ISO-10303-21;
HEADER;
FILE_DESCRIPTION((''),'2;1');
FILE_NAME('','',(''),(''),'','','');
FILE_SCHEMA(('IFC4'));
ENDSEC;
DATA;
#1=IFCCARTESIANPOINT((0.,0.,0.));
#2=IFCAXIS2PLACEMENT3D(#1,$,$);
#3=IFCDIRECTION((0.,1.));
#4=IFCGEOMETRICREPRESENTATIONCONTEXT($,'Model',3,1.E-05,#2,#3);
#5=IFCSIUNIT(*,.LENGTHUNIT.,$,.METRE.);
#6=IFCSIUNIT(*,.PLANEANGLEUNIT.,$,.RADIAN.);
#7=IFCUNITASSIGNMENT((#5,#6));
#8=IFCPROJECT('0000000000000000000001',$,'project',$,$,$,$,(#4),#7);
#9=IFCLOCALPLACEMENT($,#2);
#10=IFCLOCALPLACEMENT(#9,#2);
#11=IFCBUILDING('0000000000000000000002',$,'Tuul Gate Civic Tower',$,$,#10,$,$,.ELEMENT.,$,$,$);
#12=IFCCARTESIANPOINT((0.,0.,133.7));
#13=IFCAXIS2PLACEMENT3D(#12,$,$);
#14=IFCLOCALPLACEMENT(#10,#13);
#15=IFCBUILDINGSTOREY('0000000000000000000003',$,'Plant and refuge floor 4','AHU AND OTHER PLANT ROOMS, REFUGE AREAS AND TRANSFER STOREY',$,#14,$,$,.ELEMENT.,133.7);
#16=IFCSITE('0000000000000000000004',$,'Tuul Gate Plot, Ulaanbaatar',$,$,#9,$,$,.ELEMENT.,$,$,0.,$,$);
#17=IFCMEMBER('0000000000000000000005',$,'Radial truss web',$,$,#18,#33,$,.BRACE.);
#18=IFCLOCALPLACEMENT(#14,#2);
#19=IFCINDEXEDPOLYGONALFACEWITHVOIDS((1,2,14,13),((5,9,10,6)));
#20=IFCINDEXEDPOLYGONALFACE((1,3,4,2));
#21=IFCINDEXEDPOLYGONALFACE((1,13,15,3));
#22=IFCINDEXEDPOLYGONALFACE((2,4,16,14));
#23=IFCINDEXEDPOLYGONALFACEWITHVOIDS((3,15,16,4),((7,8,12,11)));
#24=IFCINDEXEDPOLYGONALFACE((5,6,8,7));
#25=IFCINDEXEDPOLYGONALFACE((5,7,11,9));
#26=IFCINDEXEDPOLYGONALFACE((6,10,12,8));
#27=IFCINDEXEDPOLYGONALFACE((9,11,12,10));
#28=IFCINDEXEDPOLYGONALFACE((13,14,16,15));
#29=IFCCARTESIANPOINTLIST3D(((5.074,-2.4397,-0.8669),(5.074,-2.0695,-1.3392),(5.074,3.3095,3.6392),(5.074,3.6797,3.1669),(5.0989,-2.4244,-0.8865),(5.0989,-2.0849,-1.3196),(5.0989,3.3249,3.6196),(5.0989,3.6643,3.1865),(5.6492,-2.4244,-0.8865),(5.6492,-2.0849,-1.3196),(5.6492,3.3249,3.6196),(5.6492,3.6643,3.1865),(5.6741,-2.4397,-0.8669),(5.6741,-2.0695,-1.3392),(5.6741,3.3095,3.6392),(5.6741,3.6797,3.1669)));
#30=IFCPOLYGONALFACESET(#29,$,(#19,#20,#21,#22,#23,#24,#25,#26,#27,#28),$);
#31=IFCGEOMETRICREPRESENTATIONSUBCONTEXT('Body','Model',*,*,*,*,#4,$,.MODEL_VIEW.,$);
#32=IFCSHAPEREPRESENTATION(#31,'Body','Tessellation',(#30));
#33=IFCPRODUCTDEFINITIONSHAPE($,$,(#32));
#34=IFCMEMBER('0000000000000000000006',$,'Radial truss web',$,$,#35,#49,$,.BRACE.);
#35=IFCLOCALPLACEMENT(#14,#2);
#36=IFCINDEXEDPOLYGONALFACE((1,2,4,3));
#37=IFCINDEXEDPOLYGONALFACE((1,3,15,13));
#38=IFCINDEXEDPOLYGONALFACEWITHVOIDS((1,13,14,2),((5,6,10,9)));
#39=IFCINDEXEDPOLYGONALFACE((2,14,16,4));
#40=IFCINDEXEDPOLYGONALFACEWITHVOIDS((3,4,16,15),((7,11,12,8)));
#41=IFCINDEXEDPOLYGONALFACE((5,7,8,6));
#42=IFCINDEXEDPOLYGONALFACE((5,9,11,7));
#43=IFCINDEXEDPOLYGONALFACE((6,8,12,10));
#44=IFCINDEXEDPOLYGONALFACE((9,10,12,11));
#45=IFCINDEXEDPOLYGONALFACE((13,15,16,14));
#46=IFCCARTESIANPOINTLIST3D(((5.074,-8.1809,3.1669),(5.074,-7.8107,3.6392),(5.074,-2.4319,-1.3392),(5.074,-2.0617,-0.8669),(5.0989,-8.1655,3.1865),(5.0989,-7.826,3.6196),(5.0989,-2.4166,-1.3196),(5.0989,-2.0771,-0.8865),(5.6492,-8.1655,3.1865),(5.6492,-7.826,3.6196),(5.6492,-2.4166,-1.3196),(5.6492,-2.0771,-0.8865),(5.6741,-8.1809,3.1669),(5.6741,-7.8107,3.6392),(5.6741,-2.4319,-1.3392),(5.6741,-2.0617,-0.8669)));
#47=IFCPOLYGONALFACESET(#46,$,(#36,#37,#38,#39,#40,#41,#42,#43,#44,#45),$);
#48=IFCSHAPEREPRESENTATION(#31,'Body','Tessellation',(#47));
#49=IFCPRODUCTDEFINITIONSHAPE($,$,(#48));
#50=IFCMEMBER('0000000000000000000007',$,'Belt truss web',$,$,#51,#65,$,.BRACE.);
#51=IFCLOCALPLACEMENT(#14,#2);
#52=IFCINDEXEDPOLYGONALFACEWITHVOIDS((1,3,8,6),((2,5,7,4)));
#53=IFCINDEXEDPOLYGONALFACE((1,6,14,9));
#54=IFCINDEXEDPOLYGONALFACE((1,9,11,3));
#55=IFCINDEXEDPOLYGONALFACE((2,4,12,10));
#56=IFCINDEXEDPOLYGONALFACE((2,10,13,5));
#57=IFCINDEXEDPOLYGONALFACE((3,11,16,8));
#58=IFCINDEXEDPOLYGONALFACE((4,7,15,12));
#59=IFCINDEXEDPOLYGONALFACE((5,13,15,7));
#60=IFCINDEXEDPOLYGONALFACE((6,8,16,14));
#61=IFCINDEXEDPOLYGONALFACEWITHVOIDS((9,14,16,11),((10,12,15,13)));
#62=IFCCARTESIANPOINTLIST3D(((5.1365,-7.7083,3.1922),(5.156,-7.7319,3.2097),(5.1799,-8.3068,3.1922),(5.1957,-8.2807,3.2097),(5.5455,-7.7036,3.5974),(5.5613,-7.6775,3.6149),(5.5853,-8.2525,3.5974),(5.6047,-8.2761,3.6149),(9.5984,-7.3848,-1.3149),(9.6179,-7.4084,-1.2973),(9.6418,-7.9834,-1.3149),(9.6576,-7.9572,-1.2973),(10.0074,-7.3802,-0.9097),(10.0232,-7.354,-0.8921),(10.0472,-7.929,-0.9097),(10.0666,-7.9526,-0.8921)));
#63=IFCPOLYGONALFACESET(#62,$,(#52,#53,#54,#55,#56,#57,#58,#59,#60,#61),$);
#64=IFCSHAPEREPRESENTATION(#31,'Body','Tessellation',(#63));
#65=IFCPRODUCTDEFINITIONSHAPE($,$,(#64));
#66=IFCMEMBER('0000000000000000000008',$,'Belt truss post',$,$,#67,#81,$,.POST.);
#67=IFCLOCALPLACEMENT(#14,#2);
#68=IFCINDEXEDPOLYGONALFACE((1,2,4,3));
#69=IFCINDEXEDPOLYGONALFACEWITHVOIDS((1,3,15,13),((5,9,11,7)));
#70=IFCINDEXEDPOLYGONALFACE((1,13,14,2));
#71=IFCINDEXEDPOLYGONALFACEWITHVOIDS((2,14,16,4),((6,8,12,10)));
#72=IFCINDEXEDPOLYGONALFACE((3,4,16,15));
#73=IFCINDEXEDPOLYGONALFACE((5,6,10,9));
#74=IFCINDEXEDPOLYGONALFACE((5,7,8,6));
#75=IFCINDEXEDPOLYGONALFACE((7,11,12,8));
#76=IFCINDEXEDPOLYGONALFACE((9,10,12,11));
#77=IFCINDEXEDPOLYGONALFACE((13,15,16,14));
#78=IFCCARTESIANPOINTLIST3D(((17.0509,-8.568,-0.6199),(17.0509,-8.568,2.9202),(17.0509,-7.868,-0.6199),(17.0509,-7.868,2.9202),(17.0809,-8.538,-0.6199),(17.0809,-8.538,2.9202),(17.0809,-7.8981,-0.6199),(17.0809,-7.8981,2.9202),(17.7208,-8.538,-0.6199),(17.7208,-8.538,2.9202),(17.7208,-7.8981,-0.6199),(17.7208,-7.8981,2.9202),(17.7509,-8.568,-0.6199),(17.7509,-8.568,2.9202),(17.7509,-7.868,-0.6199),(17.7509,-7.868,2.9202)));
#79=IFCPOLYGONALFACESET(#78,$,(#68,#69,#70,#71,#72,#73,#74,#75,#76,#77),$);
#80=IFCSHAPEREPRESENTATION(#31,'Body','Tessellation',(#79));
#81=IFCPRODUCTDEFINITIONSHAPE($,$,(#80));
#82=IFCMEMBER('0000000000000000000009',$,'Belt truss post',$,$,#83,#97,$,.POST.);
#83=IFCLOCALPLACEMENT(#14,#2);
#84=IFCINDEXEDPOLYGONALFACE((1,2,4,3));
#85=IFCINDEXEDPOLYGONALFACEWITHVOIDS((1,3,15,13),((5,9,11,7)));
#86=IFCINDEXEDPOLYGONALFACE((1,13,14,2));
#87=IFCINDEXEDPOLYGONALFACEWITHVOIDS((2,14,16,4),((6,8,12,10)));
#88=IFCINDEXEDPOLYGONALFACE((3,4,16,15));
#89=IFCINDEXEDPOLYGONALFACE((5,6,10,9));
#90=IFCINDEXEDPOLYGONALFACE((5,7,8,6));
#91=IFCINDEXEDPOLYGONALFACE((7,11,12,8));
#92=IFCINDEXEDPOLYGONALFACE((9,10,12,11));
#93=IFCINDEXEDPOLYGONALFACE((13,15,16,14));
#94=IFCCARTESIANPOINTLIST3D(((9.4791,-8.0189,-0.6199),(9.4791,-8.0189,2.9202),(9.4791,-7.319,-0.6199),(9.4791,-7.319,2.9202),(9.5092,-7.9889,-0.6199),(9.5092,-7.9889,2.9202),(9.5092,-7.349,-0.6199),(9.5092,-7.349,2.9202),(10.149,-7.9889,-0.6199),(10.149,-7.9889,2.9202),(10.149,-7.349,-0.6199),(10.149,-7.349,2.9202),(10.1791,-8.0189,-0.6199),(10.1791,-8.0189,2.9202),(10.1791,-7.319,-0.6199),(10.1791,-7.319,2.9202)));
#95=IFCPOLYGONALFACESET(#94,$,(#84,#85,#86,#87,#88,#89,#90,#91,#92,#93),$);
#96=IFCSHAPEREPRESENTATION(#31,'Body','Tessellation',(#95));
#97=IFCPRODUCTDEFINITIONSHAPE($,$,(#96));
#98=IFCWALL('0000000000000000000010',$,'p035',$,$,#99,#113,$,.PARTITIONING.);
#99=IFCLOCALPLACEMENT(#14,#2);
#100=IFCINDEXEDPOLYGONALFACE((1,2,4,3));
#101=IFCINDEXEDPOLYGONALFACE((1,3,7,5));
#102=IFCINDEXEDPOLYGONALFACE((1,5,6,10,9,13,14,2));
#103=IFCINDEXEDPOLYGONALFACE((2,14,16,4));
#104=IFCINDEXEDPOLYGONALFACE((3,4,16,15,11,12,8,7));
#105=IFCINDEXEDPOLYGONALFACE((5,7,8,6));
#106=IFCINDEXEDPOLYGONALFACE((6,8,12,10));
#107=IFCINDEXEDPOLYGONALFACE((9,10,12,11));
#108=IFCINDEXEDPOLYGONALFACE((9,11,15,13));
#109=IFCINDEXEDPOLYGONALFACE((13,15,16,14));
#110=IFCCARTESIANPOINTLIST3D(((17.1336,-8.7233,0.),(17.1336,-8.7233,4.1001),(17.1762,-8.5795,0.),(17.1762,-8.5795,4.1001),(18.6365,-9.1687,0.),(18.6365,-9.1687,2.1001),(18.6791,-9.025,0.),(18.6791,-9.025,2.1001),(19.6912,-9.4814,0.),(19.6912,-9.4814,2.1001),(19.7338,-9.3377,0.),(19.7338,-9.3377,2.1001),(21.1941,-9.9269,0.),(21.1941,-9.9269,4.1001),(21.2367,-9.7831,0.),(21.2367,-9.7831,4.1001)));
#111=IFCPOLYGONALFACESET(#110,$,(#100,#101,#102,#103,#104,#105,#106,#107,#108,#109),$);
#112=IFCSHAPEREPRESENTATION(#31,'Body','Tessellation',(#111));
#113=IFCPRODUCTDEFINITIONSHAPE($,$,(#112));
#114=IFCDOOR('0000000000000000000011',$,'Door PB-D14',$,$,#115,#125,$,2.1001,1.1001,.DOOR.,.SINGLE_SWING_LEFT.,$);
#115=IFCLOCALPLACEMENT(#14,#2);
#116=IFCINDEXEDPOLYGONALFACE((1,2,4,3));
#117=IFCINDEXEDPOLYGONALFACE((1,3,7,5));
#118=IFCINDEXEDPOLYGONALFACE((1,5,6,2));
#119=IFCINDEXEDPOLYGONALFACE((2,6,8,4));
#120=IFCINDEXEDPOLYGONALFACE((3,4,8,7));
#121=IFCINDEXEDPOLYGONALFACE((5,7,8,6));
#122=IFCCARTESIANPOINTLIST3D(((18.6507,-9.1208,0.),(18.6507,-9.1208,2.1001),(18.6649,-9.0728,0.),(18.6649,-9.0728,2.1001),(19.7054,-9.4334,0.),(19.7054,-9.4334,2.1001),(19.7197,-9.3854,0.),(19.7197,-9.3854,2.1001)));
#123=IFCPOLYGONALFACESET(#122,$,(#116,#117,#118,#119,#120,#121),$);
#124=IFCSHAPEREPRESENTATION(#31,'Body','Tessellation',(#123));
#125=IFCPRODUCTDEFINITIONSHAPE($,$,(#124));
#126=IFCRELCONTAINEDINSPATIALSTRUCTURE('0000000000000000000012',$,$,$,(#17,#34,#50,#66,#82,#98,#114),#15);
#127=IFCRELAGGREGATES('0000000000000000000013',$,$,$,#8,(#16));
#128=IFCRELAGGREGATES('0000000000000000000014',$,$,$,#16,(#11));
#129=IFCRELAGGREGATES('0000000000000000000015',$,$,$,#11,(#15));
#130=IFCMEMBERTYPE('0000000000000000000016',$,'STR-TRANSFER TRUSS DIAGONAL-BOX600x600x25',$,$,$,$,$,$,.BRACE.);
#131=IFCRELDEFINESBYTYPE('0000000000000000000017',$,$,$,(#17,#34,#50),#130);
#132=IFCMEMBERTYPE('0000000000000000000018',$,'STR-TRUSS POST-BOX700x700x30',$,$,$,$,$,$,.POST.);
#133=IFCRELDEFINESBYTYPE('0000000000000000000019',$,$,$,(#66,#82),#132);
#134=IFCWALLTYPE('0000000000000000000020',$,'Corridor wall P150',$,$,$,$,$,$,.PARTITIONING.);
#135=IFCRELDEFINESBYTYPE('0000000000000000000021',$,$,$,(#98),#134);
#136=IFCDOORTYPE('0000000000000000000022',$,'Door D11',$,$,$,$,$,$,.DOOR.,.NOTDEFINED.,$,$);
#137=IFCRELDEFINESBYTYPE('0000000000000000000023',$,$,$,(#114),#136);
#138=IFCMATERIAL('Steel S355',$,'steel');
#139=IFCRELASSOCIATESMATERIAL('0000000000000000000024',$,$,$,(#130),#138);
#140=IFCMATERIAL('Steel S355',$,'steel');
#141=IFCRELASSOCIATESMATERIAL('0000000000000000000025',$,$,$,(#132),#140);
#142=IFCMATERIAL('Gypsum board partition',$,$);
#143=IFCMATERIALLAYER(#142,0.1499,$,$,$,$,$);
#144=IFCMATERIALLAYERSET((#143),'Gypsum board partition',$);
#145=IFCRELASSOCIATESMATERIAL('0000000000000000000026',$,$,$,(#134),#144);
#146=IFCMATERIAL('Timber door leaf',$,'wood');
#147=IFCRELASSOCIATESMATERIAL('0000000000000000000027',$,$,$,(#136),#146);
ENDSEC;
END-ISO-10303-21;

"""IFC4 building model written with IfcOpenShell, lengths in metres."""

from ifc_helpers import new_model, si_unit, direction, frame, frame_2d, origin, origin_2d, place, context, subcontext, project, spatial, rectangle, hollow_rectangle, extrude, material, layer, layer_set, material_profile, profile_set, type_object, element, fill, save


model = new_model("IFC4")

# Units and contexts
model_context = context("Model", 3, precision=1e-05, world=origin(), true_north=direction((0.0, 1.0)))
body_context = subcontext(model_context, "Body", "Model", "MODEL_VIEW")
ifc_project = project(units=[si_unit("LENGTHUNIT", "METRE"), si_unit("PLANEANGLEUNIT", "RADIAN")], contexts=[model_context])

# Site, building, storey
site_placement = place(None, origin())
site = spatial("IfcSite", under=ifc_project, at=site_placement, Name="Tuul Gate Plot, Ulaanbaatar", CompositionType="ELEMENT", RefElevation=0.0)
building_placement = place(site_placement, origin())
building = spatial("IfcBuilding", under=site, at=building_placement, Name="Tuul Gate Civic Tower", CompositionType="ELEMENT")
storey_placement = place(building_placement, frame((0.0, 0.0, 133.7)))
storey = spatial("IfcBuildingStorey", under=building, at=storey_placement, Name="Plant and refuge floor 4", Description="AHU AND OTHER PLANT ROOMS, REFUGE AREAS AND TRANSFER STOREY", CompositionType="ELEMENT", Elevation=133.7)

# Members
ifc_material_1 = material(Name="Steel S355", Category="steel")
ifc_material_profile_1 = material_profile(ifc_material_1, hollow_rectangle(XDim=0.6001, YDim=0.6001, WallThickness=0.0249, at=origin_2d()), Name="BOX600x600x25")
ifc_profile_set_1 = profile_set([ifc_material_profile_1], Name="Steel S355")
member_type_1 = type_object("IfcMemberType", Name="STR-TRANSFER TRUSS DIAGONAL-BOX600x600x25", PredefinedType="BRACE", material=ifc_profile_set_1)
member_1_placement = place(storey_placement, frame((5.374, -2.2546, -1.103), z_axis=(0.0, 0.787061, 0.616875), x_axis=(-1.0, 0.0, 0.0)))
element("IfcMember", 1, at=member_1_placement, inside=storey, type_object=member_type_1, Name="Radial truss web", PredefinedType="BRACE", context=body_context, shape_type="SweptSolid", body=[
    extrude(hollow_rectangle(XDim=0.6001, YDim=0.6001, WallThickness=0.0249, at=origin_2d()), origin(), (0.0, 0.0, 1.0), 7.3047),
])
member_2_placement = place(storey_placement, frame((5.374, -2.2468, -1.103), z_axis=(0.0, -0.787048, 0.616891), x_axis=(1.0, 0.0, 0.0)))
element("IfcMember", 2, at=member_2_placement, inside=storey, type_object=member_type_1, Name="Radial truss web", PredefinedType="BRACE", context=body_context, shape_type="SweptSolid", body=[
    extrude(hollow_rectangle(XDim=0.6001, YDim=0.6001, WallThickness=0.0249, at=origin_2d()), origin(), (0.0, 0.0, 1.0), 7.3044),
])
member_3_placement = place(storey_placement, frame((9.8325, -7.6687, -1.1035), z_axis=(-0.702624, -0.05094, 0.709736), x_axis=(0.07231, -0.997382, 0.0)))
element("IfcMember", 3, at=member_3_placement, inside=storey, type_object=member_type_1, Name="Belt truss web", PredefinedType="BRACE", context=body_context, shape_type="SweptSolid", body=[
    extrude(hollow_rectangle(XDim=0.6001, YDim=0.6001, WallThickness=0.0249, at=origin_2d()), origin(), (0.0, 0.0, 1.0), 6.3503),
])
ifc_material_2 = material(Name="Steel S355", Category="steel")
ifc_material_profile_2 = material_profile(ifc_material_2, hollow_rectangle(XDim=0.7, YDim=0.7, WallThickness=0.03, at=origin_2d()), Name="BOX700x700x30")
ifc_profile_set_2 = profile_set([ifc_material_profile_2], Name="Steel S355")
member_type_2 = type_object("IfcMemberType", Name="STR-TRUSS POST-BOX700x700x30", PredefinedType="POST", material=ifc_profile_set_2)
for number, where, z_axis, x_axis, name in (
    (4, (17.4009, -8.218, -0.6199), (0.0, 0.0, 1.0), (1.0, 0.0, 0.0), "Belt truss post"),
    (5, (9.8291, -7.6689, -0.6199), (0.0, 0.0, 1.0), (1.0, 0.0, 0.0), "Belt truss post"),
):
    element("IfcMember", number, at=place(storey_placement, frame(where, z_axis=z_axis, x_axis=x_axis)), inside=storey, type_object=member_type_2, Name=name, PredefinedType="POST", context=body_context, shape_type="SweptSolid", body=[
        extrude(hollow_rectangle(XDim=0.7, YDim=0.7, WallThickness=0.03, at=origin_2d()), origin(), (0.0, 0.0, 1.0), 3.54),
    ])

# Wall, opening, door
ifc_material_3 = material(Name="Gypsum board partition")
ifc_layer_1 = layer(ifc_material_3, 0.1499)
ifc_layer_set_1 = layer_set([ifc_layer_1], Name="Gypsum board partition")
wall_type_1 = type_object("IfcWallType", Name="Corridor wall P150", PredefinedType="PARTITIONING", material=ifc_layer_set_1)
wall_1_placement = place(storey_placement, frame((17.1548, -8.6514, 0.0), z_axis=(0.0, 0.0, 1.0), x_axis=(0.958767, -0.284194, 0.0)))
wall_1 = element("IfcWall", 6, at=wall_1_placement, inside=storey, type_object=wall_type_1, Name="p035", PredefinedType="PARTITIONING", context=body_context, shape_type="SweptSolid", body=[
    extrude(rectangle(XDim=4.2351, YDim=0.1499, at=frame_2d((2.1177, 0.0))), origin(), (0.0, 0.0, 1.0), 4.1001),
])
opening_1_placement = place(wall_1_placement, frame((1.5676, 0.0, 0.0)))
opening_1 = element("IfcOpeningElement", 7, at=opening_1_placement, cuts=wall_1, PredefinedType="OPENING", context=body_context, shape_type="SweptSolid", body=[
    extrude(rectangle(XDim=1.1001, YDim=2.1001, at=frame_2d((0.55, 1.05))), frame((0.0, 0.085, 0.0), z_axis=(0.0, -1.0, 0.0), x_axis=(1.0, 0.0, 0.0)), (0.0, 0.0, 1.0), 0.1699),
])
ifc_material_4 = material(Name="Timber door leaf", Category="wood")
door_type = type_object("IfcDoorType", Name="Door D11", OperationType="NOTDEFINED", PredefinedType="DOOR", material=ifc_material_4)
door_1_placement = place(opening_1_placement, frame((1.1001, 0.0, 0.0), z_axis=(0.0, 0.0, 1.0), x_axis=(-1.0, 0.0, 0.0)))
door_1 = element("IfcDoor", 8, at=door_1_placement, inside=storey, type_object=door_type, Name="Door PB-D14", OperationType="SINGLE_SWING_LEFT", OverallHeight=2.1001, OverallWidth=1.1001, PredefinedType="DOOR", context=body_context, shape_type="SweptSolid", body=[
    extrude(rectangle(XDim=1.1001, YDim=2.1001, at=frame_2d((0.55, 1.05))), frame((0.0, 0.0249, 0.0), z_axis=(0.0, -1.0, 0.0), x_axis=(1.0, 0.0, 0.0)), (0.0, 0.0, 1.0), 0.05),
])
fill(opening_1, door_1)

save(model, "model.ifc")
